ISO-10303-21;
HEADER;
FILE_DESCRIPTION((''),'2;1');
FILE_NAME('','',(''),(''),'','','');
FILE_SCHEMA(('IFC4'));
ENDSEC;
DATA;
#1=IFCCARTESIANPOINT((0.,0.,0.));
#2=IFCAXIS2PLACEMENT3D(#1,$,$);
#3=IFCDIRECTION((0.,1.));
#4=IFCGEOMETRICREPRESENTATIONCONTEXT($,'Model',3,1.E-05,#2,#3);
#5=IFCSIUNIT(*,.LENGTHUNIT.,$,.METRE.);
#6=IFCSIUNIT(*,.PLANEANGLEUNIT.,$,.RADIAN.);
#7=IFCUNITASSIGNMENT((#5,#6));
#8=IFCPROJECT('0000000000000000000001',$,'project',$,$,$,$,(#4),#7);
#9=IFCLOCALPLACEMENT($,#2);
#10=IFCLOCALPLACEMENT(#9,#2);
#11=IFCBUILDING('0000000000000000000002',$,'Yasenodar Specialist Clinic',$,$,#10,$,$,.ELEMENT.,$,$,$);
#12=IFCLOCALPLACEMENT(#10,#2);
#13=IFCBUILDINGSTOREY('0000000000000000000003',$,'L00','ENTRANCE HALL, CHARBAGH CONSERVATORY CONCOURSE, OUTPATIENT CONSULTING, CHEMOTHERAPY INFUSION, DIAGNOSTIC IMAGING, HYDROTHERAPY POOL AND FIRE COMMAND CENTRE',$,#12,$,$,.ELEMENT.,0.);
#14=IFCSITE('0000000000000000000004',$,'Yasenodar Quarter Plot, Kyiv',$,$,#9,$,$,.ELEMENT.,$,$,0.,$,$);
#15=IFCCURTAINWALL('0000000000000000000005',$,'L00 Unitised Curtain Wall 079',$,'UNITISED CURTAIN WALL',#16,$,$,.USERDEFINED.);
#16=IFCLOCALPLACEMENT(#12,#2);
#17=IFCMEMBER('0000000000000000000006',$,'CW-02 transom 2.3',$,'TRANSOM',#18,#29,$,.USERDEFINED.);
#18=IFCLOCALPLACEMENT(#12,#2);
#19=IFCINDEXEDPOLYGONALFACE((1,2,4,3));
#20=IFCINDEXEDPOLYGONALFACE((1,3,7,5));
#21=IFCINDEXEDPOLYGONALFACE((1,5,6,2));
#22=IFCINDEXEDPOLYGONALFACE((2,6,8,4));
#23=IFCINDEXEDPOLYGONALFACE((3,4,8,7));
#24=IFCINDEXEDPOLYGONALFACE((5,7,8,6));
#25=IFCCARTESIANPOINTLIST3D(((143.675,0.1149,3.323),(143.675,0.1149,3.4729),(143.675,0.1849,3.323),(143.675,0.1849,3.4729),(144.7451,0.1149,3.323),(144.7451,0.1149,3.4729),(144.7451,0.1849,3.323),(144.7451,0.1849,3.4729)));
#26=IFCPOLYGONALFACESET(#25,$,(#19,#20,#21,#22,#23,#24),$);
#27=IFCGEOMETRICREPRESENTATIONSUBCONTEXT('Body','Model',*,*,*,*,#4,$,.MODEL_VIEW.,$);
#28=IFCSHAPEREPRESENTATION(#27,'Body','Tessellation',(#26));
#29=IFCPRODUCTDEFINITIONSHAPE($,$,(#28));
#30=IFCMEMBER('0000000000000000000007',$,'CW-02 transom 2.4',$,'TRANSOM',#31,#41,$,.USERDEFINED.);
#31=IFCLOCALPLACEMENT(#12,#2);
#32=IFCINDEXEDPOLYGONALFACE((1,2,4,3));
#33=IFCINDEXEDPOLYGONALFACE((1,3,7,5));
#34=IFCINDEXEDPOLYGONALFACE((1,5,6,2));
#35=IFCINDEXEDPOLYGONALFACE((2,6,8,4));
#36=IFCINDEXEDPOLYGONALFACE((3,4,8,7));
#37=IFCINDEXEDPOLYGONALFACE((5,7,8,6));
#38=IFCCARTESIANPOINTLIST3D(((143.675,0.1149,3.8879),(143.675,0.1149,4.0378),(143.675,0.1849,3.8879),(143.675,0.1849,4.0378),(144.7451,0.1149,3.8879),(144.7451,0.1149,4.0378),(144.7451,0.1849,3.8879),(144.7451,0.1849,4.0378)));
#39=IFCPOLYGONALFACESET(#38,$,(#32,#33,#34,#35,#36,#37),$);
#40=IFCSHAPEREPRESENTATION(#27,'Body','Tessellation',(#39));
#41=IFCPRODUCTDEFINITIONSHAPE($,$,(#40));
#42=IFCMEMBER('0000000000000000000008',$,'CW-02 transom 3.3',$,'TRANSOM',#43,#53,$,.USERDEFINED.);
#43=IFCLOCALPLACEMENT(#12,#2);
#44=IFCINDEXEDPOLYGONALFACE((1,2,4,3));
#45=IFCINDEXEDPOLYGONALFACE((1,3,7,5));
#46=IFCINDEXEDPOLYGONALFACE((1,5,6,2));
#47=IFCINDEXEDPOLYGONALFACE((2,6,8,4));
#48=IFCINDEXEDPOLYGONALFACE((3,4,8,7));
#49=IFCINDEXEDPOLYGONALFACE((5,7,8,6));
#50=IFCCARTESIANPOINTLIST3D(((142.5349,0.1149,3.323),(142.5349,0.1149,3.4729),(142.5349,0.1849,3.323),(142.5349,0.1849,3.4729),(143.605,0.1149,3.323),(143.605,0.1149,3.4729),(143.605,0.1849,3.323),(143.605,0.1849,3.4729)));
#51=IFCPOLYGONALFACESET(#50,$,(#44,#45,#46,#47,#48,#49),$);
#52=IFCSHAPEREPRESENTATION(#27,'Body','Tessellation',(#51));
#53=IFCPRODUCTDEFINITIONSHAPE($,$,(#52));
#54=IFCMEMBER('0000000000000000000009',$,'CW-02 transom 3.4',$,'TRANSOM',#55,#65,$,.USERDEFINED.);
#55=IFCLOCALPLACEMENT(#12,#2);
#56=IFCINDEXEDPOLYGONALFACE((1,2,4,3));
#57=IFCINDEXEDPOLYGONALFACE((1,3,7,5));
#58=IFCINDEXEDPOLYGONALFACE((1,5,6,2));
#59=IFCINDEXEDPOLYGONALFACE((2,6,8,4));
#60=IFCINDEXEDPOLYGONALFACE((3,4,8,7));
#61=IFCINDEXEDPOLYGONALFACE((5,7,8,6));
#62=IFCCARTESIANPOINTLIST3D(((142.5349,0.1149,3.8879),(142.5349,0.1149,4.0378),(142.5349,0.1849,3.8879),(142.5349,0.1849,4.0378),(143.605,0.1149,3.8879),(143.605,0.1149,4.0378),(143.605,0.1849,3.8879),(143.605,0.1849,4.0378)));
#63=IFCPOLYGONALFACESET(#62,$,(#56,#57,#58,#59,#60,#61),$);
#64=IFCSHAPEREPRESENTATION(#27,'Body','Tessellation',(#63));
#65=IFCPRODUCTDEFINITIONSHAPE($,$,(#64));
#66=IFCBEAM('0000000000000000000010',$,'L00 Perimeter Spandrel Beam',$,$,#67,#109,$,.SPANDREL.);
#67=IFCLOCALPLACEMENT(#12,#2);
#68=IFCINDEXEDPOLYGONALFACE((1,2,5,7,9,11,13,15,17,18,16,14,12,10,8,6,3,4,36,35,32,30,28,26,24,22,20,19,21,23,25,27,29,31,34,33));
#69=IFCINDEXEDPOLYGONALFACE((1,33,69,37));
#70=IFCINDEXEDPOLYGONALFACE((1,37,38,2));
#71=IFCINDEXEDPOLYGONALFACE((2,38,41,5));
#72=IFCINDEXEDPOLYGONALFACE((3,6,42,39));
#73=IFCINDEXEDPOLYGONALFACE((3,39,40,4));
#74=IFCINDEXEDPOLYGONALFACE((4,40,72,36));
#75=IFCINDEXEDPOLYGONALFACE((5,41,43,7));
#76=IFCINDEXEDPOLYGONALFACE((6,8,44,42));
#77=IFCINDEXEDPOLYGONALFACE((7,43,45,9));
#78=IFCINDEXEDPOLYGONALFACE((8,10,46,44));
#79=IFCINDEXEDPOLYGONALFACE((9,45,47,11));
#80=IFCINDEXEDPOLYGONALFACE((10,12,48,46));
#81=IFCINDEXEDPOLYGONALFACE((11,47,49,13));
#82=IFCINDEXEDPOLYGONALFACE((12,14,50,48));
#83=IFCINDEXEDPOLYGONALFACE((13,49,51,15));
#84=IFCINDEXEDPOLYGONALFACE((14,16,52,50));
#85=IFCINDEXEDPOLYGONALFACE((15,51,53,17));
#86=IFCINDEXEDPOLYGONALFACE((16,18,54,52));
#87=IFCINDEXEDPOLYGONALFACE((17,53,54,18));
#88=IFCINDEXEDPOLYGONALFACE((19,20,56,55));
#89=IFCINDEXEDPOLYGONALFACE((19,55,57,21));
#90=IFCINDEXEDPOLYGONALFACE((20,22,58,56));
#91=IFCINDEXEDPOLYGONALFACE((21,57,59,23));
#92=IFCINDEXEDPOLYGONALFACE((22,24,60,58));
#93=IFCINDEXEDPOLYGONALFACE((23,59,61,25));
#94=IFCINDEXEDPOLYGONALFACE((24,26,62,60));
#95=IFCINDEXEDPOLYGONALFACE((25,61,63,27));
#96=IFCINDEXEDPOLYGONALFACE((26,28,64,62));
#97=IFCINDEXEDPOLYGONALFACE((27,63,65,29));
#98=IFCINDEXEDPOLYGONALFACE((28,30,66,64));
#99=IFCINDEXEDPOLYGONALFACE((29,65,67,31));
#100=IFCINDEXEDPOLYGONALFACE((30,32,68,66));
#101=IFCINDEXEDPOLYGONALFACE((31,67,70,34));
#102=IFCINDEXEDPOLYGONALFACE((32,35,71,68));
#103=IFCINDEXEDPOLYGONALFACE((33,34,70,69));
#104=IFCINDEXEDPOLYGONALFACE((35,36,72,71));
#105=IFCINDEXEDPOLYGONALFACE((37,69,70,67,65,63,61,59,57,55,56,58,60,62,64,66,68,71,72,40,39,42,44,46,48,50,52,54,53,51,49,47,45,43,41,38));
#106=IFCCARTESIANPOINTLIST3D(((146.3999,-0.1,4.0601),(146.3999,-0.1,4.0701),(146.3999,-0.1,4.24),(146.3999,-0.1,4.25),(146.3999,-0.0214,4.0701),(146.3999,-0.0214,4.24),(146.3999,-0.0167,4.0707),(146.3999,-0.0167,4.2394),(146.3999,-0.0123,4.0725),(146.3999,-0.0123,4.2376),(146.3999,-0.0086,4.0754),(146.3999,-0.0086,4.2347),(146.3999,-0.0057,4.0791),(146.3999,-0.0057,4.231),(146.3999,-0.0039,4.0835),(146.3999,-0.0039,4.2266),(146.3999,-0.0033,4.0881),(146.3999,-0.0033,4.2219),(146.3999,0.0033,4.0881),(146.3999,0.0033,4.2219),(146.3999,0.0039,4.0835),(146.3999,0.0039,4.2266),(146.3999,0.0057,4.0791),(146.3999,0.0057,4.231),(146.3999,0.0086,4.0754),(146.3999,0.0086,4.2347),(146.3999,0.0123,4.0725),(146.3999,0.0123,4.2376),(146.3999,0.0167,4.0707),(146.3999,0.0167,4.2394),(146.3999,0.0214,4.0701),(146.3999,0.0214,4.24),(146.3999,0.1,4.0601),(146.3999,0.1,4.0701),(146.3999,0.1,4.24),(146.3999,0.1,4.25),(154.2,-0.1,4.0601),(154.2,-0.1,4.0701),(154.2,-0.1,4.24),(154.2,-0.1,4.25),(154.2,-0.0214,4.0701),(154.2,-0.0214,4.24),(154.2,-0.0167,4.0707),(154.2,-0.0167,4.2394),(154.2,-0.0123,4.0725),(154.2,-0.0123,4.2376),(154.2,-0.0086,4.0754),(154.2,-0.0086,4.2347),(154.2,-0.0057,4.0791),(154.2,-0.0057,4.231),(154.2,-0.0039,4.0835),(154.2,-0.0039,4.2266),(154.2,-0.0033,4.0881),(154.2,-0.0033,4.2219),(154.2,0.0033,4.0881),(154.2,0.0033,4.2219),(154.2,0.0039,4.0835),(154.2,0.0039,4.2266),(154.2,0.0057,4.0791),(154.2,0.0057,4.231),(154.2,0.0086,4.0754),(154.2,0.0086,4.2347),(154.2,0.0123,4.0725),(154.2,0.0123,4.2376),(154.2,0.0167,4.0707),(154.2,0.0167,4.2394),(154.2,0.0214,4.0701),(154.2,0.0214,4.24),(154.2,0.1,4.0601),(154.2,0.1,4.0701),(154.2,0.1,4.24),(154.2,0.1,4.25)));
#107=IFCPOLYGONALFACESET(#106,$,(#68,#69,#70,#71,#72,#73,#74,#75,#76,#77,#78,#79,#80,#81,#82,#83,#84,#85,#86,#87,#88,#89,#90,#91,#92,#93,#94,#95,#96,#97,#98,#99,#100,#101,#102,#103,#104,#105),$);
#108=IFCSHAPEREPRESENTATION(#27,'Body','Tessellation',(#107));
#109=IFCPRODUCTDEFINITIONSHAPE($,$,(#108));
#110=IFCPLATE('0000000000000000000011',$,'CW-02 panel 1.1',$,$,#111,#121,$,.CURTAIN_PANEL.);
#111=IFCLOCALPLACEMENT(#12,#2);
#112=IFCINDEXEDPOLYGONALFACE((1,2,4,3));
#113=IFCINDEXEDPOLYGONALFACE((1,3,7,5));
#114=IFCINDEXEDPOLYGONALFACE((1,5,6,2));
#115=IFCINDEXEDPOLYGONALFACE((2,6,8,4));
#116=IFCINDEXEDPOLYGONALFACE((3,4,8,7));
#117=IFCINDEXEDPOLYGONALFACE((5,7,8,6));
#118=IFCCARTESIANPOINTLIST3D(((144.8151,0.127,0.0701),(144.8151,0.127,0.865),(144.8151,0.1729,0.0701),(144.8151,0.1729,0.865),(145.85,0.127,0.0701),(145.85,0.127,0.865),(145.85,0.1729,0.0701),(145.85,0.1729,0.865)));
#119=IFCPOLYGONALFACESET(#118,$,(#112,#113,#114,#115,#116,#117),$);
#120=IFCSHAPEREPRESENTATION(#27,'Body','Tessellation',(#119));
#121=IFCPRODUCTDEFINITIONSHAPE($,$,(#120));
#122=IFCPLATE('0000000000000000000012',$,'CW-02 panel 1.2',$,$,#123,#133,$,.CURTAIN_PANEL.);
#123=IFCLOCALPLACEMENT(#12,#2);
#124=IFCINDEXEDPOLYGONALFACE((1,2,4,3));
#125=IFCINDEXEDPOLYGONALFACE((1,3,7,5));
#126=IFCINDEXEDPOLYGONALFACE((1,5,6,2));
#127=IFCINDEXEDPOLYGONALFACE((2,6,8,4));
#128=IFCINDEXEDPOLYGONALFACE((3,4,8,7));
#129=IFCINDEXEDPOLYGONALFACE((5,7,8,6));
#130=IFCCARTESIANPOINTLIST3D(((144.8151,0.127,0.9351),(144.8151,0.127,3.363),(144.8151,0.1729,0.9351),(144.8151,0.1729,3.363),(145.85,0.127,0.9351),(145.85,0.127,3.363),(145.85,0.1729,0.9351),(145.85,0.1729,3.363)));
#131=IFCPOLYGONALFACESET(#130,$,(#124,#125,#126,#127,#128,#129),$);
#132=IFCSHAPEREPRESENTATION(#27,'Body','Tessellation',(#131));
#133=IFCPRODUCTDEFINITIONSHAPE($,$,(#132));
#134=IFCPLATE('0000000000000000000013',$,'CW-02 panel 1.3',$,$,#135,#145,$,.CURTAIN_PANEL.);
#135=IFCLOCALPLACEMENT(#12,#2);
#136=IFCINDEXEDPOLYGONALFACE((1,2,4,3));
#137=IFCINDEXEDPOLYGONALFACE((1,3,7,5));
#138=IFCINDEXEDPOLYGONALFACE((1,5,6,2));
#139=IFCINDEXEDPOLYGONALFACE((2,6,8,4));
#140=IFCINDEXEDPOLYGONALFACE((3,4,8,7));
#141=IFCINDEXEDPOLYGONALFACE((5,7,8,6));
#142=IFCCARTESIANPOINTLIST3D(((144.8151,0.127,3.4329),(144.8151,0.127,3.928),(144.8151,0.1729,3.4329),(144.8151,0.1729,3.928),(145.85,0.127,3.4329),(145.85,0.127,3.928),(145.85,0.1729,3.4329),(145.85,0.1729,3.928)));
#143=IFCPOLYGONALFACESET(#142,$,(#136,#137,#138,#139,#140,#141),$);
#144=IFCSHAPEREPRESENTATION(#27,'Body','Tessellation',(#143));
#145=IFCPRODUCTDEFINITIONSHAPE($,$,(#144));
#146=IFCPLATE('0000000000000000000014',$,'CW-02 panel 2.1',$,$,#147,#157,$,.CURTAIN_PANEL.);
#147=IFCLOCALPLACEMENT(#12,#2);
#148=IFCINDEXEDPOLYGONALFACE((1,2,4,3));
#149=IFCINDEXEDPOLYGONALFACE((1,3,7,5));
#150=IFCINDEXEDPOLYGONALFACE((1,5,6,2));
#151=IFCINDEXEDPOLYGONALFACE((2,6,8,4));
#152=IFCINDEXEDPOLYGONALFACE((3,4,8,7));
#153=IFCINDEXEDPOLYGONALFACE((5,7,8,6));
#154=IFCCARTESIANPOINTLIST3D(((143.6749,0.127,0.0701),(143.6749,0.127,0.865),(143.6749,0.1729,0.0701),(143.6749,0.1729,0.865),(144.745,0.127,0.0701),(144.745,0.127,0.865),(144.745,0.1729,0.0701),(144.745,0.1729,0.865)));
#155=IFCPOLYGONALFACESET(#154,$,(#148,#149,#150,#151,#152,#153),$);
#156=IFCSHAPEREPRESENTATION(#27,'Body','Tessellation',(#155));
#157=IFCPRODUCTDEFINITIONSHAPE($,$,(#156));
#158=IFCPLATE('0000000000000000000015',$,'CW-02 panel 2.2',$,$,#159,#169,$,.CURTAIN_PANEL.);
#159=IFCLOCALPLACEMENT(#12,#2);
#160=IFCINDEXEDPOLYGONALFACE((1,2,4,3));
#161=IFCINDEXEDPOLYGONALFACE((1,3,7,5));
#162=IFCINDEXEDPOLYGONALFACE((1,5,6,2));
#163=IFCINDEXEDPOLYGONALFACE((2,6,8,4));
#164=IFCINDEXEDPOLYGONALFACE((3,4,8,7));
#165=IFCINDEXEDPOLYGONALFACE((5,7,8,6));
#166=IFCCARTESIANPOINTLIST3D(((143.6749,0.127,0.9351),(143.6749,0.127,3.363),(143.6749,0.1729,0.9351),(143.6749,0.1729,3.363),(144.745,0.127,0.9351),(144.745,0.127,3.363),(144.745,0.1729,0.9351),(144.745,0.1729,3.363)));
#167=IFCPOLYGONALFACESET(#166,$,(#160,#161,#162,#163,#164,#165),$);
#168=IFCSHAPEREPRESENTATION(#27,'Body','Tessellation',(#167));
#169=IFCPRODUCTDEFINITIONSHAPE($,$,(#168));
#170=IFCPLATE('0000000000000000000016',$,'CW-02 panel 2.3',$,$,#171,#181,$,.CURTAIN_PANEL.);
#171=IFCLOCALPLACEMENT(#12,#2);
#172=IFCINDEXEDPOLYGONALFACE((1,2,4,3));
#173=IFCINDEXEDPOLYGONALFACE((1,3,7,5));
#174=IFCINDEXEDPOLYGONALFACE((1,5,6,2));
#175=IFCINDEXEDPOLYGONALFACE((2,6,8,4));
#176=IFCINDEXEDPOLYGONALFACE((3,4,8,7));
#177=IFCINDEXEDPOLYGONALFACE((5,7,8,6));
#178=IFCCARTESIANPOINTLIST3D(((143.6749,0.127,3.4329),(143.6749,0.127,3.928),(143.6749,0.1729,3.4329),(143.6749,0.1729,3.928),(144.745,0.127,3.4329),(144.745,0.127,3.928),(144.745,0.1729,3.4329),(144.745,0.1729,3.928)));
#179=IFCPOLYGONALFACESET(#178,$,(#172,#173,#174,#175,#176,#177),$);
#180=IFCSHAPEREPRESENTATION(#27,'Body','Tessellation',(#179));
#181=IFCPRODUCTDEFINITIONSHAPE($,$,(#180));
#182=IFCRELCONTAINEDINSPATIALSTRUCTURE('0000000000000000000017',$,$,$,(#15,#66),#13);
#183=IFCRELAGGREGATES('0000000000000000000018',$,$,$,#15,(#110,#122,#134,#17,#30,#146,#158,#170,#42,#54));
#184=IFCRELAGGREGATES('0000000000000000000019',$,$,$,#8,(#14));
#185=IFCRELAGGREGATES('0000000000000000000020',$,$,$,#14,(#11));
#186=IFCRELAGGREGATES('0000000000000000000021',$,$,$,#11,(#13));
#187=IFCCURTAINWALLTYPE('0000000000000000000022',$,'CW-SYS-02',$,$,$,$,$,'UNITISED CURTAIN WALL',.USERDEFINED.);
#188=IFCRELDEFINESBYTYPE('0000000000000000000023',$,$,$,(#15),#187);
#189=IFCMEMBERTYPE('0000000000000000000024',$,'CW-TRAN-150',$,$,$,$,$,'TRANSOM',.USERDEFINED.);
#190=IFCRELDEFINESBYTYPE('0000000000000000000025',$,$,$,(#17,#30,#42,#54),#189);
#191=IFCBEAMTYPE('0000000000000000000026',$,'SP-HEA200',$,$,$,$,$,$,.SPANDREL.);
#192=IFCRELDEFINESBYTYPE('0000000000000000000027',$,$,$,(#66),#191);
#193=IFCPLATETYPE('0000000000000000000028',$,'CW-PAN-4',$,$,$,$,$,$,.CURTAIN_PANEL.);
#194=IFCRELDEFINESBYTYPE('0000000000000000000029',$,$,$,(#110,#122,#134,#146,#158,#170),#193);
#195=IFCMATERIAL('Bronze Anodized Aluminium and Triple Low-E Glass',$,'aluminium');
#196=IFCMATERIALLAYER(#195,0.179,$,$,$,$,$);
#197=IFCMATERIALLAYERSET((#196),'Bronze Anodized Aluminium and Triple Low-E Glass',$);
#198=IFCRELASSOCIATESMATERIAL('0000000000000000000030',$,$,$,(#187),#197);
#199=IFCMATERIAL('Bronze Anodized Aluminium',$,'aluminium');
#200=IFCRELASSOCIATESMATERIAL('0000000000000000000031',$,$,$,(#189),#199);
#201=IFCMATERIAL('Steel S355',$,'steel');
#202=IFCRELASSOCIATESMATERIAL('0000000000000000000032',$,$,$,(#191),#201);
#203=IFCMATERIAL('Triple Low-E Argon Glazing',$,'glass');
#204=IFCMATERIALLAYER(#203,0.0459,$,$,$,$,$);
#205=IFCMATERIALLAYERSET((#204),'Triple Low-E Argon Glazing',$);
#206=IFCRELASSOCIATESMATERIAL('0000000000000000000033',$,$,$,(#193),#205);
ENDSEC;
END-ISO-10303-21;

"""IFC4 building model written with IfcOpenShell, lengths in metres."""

from ifc_helpers import new_model, si_unit, direction, frame, origin, origin_2d, place, context, subcontext, project, spatial, rectangle, i_section, extrude, material, layer, layer_set, material_profile, profile_set, type_object, element, aggregate, save


model = new_model("IFC4")

# Units and contexts
model_context = context("Model", 3, precision=1e-05, world=origin(), true_north=direction((0.0, 1.0)))
body_context = subcontext(model_context, "Body", "Model", "MODEL_VIEW")
ifc_project = project(units=[si_unit("LENGTHUNIT", "METRE"), si_unit("PLANEANGLEUNIT", "RADIAN")], contexts=[model_context])

# Site, building, storey
site_placement = place(None, origin())
site = spatial("IfcSite", under=ifc_project, at=site_placement, Name="Yasenodar Quarter Plot, Kyiv", CompositionType="ELEMENT", RefElevation=0.0)
building_placement = place(site_placement, origin())
building = spatial("IfcBuilding", under=site, at=building_placement, Name="Yasenodar Specialist Clinic", CompositionType="ELEMENT")
storey_placement = place(building_placement, origin())
storey = spatial("IfcBuildingStorey", under=building, at=storey_placement, Name="L00", Description="ENTRANCE HALL, CHARBAGH CONSERVATORY CONCOURSE, OUTPATIENT CONSULTING, CHEMOTHERAPY INFUSION, DIAGNOSTIC IMAGING, HYDROTHERAPY POOL AND FIRE COMMAND CENTRE", CompositionType="ELEMENT", Elevation=0.0)

# Shared definitions
ifc_material_1 = material(Name="Steel S355", Category="steel")

# Curtain wall, members
ifc_material_2 = material(Name="Bronze Anodized Aluminium and Triple Low-E Glass", Category="aluminium")
ifc_layer_1 = layer(ifc_material_2, 0.179)
ifc_layer_set_1 = layer_set([ifc_layer_1], Name="Bronze Anodized Aluminium and Triple Low-E Glass")
curtain_wall_type = type_object("IfcCurtainWallType", Name="CW-SYS-02", ElementType="UNITISED CURTAIN WALL", PredefinedType="USERDEFINED", material=ifc_layer_set_1)
curtain_wall_placement = place(storey_placement, origin())
curtain_wall = element("IfcCurtainWall", 1, at=curtain_wall_placement, inside=storey, type_object=curtain_wall_type, Name="L00 Unitised Curtain Wall 079", ObjectType="UNITISED CURTAIN WALL", PredefinedType="USERDEFINED")
ifc_material_3 = material(Name="Bronze Anodized Aluminium", Category="aluminium")
ifc_material_profile_1 = material_profile(ifc_material_3, rectangle(XDim=0.0701, YDim=0.1499, at=origin_2d()), Name="CW-TRAN 70x150")
ifc_profile_set_1 = profile_set([ifc_material_profile_1], Name="Bronze Anodized Aluminium")
member_type_1 = type_object("IfcMemberType", Name="CW-TRAN-150", ElementType="TRANSOM", PredefinedType="USERDEFINED", material=ifc_profile_set_1)
member_1_placement = place(storey_placement, frame((144.7451, 0.1499, 3.3979), z_axis=(-1.0, 0.0, 0.0), x_axis=(0.0, -1.0, 0.0)))
member_1 = element("IfcMember", 2, at=member_1_placement, type_object=member_type_1, Name="CW-02 transom 2.3", ObjectType="TRANSOM", PredefinedType="USERDEFINED", context=body_context, shape_type="SweptSolid", body=[
    extrude(rectangle(XDim=0.0701, YDim=0.1499, at=origin_2d()), origin(), (0.0, 0.0, 1.0), 1.0701),
])
member_2_placement = place(storey_placement, frame((144.7451, 0.1499, 3.9629), z_axis=(-1.0, 0.0, 0.0), x_axis=(0.0, -1.0, 0.0)))
member_2 = element("IfcMember", 3, at=member_2_placement, type_object=member_type_1, Name="CW-02 transom 2.4", ObjectType="TRANSOM", PredefinedType="USERDEFINED", context=body_context, shape_type="SweptSolid", body=[
    extrude(rectangle(XDim=0.0701, YDim=0.1499, at=origin_2d()), origin(), (0.0, 0.0, 1.0), 1.0701),
])
member_3_placement = place(storey_placement, frame((143.605, 0.1499, 3.3979), z_axis=(-1.0, 0.0, 0.0), x_axis=(0.0, -1.0, 0.0)))
member_3 = element("IfcMember", 4, at=member_3_placement, type_object=member_type_1, Name="CW-02 transom 3.3", ObjectType="TRANSOM", PredefinedType="USERDEFINED", context=body_context, shape_type="SweptSolid", body=[
    extrude(rectangle(XDim=0.0701, YDim=0.1499, at=origin_2d()), origin(), (0.0, 0.0, 1.0), 1.0701),
])
member_4_placement = place(storey_placement, frame((143.605, 0.1499, 3.9629), z_axis=(-1.0, 0.0, 0.0), x_axis=(0.0, -1.0, 0.0)))
member_4 = element("IfcMember", 5, at=member_4_placement, type_object=member_type_1, Name="CW-02 transom 3.4", ObjectType="TRANSOM", PredefinedType="USERDEFINED", context=body_context, shape_type="SweptSolid", body=[
    extrude(rectangle(XDim=0.0701, YDim=0.1499, at=origin_2d()), origin(), (0.0, 0.0, 1.0), 1.0701),
])

# Beam
ifc_material_profile_2 = material_profile(ifc_material_1, i_section(OverallWidth=0.2, OverallDepth=0.1899, WebThickness=0.0066, FlangeThickness=0.01, FilletRadius=0.0181, at=origin_2d()), Name="HEA 200")
ifc_profile_set_2 = profile_set([ifc_material_profile_2], Name="Steel S355")
beam_type_1 = type_object("IfcBeamType", Name="SP-HEA200", PredefinedType="SPANDREL", material=ifc_profile_set_2)
beam_1_placement = place(storey_placement, frame((146.3999, 0.0, 4.155), z_axis=(1.0, 0.0, 0.0), x_axis=(0.0, 1.0, 0.0)))
element("IfcBeam", 6, at=beam_1_placement, inside=storey, type_object=beam_type_1, Name="L00 Perimeter Spandrel Beam", PredefinedType="SPANDREL", context=body_context, shape_type="SweptSolid", body=[
    extrude(i_section(OverallWidth=0.2, OverallDepth=0.1899, WebThickness=0.0066, FlangeThickness=0.01, FilletRadius=0.0181, at=origin_2d()), origin(), (0.0, 0.0, 1.0), 7.8),
])

# Plates
ifc_material_4 = material(Name="Triple Low-E Argon Glazing", Category="glass")
ifc_layer_2 = layer(ifc_material_4, 0.0459)
ifc_layer_set_2 = layer_set([ifc_layer_2], Name="Triple Low-E Argon Glazing")
plate_type = type_object("IfcPlateType", Name="CW-PAN-4", PredefinedType="CURTAIN_PANEL", material=ifc_layer_set_2)
plate_1_placement = place(storey_placement, frame((145.3325, 0.1499, 0.0701), z_axis=(0.0, 0.0, 1.0), x_axis=(-1.0, 0.0, 0.0)))
plate_1 = element("IfcPlate", 7, at=plate_1_placement, type_object=plate_type, Name="CW-02 panel 1.1", PredefinedType="CURTAIN_PANEL", context=body_context, shape_type="SweptSolid", body=[
    extrude(rectangle(XDim=1.0349, YDim=0.0459, at=origin_2d()), origin(), (0.0, 0.0, 1.0), 0.7949),
])
plate_2_placement = place(storey_placement, frame((145.3325, 0.1499, 0.9351), z_axis=(0.0, 0.0, 1.0), x_axis=(-1.0, 0.0, 0.0)))
plate_2 = element("IfcPlate", 8, at=plate_2_placement, type_object=plate_type, Name="CW-02 panel 1.2", PredefinedType="CURTAIN_PANEL", context=body_context, shape_type="SweptSolid", body=[
    extrude(rectangle(XDim=1.0349, YDim=0.0459, at=origin_2d()), origin(), (0.0, 0.0, 1.0), 2.428),
])
plate_3_placement = place(storey_placement, frame((145.3325, 0.1499, 3.4329), z_axis=(0.0, 0.0, 1.0), x_axis=(-1.0, 0.0, 0.0)))
plate_3 = element("IfcPlate", 9, at=plate_3_placement, type_object=plate_type, Name="CW-02 panel 1.3", PredefinedType="CURTAIN_PANEL", context=body_context, shape_type="SweptSolid", body=[
    extrude(rectangle(XDim=1.0349, YDim=0.0459, at=origin_2d()), origin(), (0.0, 0.0, 1.0), 0.4951),
])
plate_4_placement = place(storey_placement, frame((144.21, 0.1499, 0.0701), z_axis=(0.0, 0.0, 1.0), x_axis=(-1.0, 0.0, 0.0)))
plate_4 = element("IfcPlate", 10, at=plate_4_placement, type_object=plate_type, Name="CW-02 panel 2.1", PredefinedType="CURTAIN_PANEL", context=body_context, shape_type="SweptSolid", body=[
    extrude(rectangle(XDim=1.0701, YDim=0.0459, at=origin_2d()), origin(), (0.0, 0.0, 1.0), 0.7949),
])
plate_5_placement = place(storey_placement, frame((144.21, 0.1499, 0.9351), z_axis=(0.0, 0.0, 1.0), x_axis=(-1.0, 0.0, 0.0)))
plate_5 = element("IfcPlate", 11, at=plate_5_placement, type_object=plate_type, Name="CW-02 panel 2.2", PredefinedType="CURTAIN_PANEL", context=body_context, shape_type="SweptSolid", body=[
    extrude(rectangle(XDim=1.0701, YDim=0.0459, at=origin_2d()), origin(), (0.0, 0.0, 1.0), 2.428),
])
plate_6_placement = place(storey_placement, frame((144.21, 0.1499, 3.4329), z_axis=(0.0, 0.0, 1.0), x_axis=(-1.0, 0.0, 0.0)))
plate_6 = element("IfcPlate", 12, at=plate_6_placement, type_object=plate_type, Name="CW-02 panel 2.3", PredefinedType="CURTAIN_PANEL", context=body_context, shape_type="SweptSolid", body=[
    extrude(rectangle(XDim=1.0701, YDim=0.0459, at=origin_2d()), origin(), (0.0, 0.0, 1.0), 0.4951),
])
aggregate(curtain_wall, [plate_1, plate_2, plate_3, member_1, member_2, plate_4, plate_5, plate_6, member_3, member_4])

save(model, "model.ifc")
